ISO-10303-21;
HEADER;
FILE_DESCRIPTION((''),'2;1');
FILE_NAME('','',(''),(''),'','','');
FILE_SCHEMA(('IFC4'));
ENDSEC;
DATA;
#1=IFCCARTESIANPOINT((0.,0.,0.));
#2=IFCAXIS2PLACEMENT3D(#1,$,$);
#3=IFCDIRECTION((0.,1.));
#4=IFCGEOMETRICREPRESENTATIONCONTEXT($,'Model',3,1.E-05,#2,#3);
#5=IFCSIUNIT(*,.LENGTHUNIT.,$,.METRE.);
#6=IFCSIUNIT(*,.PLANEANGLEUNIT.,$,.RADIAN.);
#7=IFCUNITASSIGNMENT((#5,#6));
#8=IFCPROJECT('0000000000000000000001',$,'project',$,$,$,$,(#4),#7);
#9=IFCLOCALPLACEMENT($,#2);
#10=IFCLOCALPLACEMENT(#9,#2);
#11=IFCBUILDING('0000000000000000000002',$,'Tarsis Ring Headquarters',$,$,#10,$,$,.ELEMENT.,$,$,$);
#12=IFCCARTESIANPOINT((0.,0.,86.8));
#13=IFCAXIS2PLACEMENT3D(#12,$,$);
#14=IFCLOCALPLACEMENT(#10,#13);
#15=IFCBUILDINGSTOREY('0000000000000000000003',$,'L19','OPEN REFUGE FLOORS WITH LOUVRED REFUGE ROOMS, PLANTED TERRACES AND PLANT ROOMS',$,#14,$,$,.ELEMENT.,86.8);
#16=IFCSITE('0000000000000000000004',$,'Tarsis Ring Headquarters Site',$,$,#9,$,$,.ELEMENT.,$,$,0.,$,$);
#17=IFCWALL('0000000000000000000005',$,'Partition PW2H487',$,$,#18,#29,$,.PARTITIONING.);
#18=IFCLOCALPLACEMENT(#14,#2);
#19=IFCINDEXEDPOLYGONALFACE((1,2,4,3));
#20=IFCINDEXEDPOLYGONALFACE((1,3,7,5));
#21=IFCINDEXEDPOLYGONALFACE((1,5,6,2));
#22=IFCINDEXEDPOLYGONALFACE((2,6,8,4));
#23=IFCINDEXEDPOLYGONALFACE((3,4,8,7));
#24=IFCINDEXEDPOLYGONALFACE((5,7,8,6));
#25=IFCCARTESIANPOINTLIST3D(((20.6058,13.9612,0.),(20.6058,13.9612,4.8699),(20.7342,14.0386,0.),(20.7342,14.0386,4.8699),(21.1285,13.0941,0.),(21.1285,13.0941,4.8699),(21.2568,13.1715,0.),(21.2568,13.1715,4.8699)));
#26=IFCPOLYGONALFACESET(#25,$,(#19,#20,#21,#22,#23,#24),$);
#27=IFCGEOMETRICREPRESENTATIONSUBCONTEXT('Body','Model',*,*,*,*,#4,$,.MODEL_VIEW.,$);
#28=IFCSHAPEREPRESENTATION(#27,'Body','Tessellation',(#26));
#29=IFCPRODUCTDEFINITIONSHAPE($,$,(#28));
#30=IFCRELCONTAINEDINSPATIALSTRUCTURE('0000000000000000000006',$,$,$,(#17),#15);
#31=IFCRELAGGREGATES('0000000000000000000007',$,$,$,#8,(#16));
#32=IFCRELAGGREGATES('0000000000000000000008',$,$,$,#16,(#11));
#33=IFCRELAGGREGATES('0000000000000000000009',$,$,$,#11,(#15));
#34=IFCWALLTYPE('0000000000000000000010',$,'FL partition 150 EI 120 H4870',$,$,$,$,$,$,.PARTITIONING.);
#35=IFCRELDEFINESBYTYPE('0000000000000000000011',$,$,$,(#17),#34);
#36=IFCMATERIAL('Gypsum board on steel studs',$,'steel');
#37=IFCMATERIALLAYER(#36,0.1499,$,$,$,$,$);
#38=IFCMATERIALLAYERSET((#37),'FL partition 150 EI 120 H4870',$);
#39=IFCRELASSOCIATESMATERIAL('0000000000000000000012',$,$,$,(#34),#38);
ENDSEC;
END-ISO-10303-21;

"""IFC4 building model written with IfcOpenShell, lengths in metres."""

from ifc_helpers import new_model, si_unit, direction, frame, frame_2d, origin, place, context, subcontext, project, spatial, rectangle, extrude, material, layer, layer_set, type_object, element, save


model = new_model("IFC4")

# Units and contexts
model_context = context("Model", 3, precision=1e-05, world=origin(), true_north=direction((0.0, 1.0)))
body_context = subcontext(model_context, "Body", "Model", "MODEL_VIEW")
ifc_project = project(units=[si_unit("LENGTHUNIT", "METRE"), si_unit("PLANEANGLEUNIT", "RADIAN")], contexts=[model_context])

# Site, building, storey
site_placement = place(None, origin())
site = spatial("IfcSite", under=ifc_project, at=site_placement, Name="Tarsis Ring Headquarters Site", CompositionType="ELEMENT", RefElevation=0.0)
building_placement = place(site_placement, origin())
building = spatial("IfcBuilding", under=site, at=building_placement, Name="Tarsis Ring Headquarters", CompositionType="ELEMENT")
storey_placement = place(building_placement, frame((0.0, 0.0, 86.8)))
storey = spatial("IfcBuildingStorey", under=building, at=storey_placement, Name="L19", Description="OPEN REFUGE FLOORS WITH LOUVRED REFUGE ROOMS, PLANTED TERRACES AND PLANT ROOMS", CompositionType="ELEMENT", Elevation=86.8)

# Wall
ifc_material_1 = material(Name="Gypsum board on steel studs", Category="steel")
ifc_layer = layer(ifc_material_1, 0.1499)
ifc_layer_set = layer_set([ifc_layer], Name="FL partition 150 EI 120 H4870")
wall_type = type_object("IfcWallType", Name="FL partition 150 EI 120 H4870", PredefinedType="PARTITIONING", material=ifc_layer_set)
wall_1_placement = place(storey_placement, frame((20.6699, 14.0, 0.0), z_axis=(0.0, 0.0, 1.0), x_axis=(0.516232, -0.856449, 0.0)))
element("IfcWall", 1, at=wall_1_placement, inside=storey, type_object=wall_type, Name="Partition PW2H487", PredefinedType="PARTITIONING", context=body_context, shape_type="SweptSolid", body=[
    extrude(rectangle(XDim=1.0125, YDim=0.1499, at=frame_2d((0.5063, 0.0))), origin(), (0.0, 0.0, 1.0), 4.8699),
])

save(model, "model.ifc")
